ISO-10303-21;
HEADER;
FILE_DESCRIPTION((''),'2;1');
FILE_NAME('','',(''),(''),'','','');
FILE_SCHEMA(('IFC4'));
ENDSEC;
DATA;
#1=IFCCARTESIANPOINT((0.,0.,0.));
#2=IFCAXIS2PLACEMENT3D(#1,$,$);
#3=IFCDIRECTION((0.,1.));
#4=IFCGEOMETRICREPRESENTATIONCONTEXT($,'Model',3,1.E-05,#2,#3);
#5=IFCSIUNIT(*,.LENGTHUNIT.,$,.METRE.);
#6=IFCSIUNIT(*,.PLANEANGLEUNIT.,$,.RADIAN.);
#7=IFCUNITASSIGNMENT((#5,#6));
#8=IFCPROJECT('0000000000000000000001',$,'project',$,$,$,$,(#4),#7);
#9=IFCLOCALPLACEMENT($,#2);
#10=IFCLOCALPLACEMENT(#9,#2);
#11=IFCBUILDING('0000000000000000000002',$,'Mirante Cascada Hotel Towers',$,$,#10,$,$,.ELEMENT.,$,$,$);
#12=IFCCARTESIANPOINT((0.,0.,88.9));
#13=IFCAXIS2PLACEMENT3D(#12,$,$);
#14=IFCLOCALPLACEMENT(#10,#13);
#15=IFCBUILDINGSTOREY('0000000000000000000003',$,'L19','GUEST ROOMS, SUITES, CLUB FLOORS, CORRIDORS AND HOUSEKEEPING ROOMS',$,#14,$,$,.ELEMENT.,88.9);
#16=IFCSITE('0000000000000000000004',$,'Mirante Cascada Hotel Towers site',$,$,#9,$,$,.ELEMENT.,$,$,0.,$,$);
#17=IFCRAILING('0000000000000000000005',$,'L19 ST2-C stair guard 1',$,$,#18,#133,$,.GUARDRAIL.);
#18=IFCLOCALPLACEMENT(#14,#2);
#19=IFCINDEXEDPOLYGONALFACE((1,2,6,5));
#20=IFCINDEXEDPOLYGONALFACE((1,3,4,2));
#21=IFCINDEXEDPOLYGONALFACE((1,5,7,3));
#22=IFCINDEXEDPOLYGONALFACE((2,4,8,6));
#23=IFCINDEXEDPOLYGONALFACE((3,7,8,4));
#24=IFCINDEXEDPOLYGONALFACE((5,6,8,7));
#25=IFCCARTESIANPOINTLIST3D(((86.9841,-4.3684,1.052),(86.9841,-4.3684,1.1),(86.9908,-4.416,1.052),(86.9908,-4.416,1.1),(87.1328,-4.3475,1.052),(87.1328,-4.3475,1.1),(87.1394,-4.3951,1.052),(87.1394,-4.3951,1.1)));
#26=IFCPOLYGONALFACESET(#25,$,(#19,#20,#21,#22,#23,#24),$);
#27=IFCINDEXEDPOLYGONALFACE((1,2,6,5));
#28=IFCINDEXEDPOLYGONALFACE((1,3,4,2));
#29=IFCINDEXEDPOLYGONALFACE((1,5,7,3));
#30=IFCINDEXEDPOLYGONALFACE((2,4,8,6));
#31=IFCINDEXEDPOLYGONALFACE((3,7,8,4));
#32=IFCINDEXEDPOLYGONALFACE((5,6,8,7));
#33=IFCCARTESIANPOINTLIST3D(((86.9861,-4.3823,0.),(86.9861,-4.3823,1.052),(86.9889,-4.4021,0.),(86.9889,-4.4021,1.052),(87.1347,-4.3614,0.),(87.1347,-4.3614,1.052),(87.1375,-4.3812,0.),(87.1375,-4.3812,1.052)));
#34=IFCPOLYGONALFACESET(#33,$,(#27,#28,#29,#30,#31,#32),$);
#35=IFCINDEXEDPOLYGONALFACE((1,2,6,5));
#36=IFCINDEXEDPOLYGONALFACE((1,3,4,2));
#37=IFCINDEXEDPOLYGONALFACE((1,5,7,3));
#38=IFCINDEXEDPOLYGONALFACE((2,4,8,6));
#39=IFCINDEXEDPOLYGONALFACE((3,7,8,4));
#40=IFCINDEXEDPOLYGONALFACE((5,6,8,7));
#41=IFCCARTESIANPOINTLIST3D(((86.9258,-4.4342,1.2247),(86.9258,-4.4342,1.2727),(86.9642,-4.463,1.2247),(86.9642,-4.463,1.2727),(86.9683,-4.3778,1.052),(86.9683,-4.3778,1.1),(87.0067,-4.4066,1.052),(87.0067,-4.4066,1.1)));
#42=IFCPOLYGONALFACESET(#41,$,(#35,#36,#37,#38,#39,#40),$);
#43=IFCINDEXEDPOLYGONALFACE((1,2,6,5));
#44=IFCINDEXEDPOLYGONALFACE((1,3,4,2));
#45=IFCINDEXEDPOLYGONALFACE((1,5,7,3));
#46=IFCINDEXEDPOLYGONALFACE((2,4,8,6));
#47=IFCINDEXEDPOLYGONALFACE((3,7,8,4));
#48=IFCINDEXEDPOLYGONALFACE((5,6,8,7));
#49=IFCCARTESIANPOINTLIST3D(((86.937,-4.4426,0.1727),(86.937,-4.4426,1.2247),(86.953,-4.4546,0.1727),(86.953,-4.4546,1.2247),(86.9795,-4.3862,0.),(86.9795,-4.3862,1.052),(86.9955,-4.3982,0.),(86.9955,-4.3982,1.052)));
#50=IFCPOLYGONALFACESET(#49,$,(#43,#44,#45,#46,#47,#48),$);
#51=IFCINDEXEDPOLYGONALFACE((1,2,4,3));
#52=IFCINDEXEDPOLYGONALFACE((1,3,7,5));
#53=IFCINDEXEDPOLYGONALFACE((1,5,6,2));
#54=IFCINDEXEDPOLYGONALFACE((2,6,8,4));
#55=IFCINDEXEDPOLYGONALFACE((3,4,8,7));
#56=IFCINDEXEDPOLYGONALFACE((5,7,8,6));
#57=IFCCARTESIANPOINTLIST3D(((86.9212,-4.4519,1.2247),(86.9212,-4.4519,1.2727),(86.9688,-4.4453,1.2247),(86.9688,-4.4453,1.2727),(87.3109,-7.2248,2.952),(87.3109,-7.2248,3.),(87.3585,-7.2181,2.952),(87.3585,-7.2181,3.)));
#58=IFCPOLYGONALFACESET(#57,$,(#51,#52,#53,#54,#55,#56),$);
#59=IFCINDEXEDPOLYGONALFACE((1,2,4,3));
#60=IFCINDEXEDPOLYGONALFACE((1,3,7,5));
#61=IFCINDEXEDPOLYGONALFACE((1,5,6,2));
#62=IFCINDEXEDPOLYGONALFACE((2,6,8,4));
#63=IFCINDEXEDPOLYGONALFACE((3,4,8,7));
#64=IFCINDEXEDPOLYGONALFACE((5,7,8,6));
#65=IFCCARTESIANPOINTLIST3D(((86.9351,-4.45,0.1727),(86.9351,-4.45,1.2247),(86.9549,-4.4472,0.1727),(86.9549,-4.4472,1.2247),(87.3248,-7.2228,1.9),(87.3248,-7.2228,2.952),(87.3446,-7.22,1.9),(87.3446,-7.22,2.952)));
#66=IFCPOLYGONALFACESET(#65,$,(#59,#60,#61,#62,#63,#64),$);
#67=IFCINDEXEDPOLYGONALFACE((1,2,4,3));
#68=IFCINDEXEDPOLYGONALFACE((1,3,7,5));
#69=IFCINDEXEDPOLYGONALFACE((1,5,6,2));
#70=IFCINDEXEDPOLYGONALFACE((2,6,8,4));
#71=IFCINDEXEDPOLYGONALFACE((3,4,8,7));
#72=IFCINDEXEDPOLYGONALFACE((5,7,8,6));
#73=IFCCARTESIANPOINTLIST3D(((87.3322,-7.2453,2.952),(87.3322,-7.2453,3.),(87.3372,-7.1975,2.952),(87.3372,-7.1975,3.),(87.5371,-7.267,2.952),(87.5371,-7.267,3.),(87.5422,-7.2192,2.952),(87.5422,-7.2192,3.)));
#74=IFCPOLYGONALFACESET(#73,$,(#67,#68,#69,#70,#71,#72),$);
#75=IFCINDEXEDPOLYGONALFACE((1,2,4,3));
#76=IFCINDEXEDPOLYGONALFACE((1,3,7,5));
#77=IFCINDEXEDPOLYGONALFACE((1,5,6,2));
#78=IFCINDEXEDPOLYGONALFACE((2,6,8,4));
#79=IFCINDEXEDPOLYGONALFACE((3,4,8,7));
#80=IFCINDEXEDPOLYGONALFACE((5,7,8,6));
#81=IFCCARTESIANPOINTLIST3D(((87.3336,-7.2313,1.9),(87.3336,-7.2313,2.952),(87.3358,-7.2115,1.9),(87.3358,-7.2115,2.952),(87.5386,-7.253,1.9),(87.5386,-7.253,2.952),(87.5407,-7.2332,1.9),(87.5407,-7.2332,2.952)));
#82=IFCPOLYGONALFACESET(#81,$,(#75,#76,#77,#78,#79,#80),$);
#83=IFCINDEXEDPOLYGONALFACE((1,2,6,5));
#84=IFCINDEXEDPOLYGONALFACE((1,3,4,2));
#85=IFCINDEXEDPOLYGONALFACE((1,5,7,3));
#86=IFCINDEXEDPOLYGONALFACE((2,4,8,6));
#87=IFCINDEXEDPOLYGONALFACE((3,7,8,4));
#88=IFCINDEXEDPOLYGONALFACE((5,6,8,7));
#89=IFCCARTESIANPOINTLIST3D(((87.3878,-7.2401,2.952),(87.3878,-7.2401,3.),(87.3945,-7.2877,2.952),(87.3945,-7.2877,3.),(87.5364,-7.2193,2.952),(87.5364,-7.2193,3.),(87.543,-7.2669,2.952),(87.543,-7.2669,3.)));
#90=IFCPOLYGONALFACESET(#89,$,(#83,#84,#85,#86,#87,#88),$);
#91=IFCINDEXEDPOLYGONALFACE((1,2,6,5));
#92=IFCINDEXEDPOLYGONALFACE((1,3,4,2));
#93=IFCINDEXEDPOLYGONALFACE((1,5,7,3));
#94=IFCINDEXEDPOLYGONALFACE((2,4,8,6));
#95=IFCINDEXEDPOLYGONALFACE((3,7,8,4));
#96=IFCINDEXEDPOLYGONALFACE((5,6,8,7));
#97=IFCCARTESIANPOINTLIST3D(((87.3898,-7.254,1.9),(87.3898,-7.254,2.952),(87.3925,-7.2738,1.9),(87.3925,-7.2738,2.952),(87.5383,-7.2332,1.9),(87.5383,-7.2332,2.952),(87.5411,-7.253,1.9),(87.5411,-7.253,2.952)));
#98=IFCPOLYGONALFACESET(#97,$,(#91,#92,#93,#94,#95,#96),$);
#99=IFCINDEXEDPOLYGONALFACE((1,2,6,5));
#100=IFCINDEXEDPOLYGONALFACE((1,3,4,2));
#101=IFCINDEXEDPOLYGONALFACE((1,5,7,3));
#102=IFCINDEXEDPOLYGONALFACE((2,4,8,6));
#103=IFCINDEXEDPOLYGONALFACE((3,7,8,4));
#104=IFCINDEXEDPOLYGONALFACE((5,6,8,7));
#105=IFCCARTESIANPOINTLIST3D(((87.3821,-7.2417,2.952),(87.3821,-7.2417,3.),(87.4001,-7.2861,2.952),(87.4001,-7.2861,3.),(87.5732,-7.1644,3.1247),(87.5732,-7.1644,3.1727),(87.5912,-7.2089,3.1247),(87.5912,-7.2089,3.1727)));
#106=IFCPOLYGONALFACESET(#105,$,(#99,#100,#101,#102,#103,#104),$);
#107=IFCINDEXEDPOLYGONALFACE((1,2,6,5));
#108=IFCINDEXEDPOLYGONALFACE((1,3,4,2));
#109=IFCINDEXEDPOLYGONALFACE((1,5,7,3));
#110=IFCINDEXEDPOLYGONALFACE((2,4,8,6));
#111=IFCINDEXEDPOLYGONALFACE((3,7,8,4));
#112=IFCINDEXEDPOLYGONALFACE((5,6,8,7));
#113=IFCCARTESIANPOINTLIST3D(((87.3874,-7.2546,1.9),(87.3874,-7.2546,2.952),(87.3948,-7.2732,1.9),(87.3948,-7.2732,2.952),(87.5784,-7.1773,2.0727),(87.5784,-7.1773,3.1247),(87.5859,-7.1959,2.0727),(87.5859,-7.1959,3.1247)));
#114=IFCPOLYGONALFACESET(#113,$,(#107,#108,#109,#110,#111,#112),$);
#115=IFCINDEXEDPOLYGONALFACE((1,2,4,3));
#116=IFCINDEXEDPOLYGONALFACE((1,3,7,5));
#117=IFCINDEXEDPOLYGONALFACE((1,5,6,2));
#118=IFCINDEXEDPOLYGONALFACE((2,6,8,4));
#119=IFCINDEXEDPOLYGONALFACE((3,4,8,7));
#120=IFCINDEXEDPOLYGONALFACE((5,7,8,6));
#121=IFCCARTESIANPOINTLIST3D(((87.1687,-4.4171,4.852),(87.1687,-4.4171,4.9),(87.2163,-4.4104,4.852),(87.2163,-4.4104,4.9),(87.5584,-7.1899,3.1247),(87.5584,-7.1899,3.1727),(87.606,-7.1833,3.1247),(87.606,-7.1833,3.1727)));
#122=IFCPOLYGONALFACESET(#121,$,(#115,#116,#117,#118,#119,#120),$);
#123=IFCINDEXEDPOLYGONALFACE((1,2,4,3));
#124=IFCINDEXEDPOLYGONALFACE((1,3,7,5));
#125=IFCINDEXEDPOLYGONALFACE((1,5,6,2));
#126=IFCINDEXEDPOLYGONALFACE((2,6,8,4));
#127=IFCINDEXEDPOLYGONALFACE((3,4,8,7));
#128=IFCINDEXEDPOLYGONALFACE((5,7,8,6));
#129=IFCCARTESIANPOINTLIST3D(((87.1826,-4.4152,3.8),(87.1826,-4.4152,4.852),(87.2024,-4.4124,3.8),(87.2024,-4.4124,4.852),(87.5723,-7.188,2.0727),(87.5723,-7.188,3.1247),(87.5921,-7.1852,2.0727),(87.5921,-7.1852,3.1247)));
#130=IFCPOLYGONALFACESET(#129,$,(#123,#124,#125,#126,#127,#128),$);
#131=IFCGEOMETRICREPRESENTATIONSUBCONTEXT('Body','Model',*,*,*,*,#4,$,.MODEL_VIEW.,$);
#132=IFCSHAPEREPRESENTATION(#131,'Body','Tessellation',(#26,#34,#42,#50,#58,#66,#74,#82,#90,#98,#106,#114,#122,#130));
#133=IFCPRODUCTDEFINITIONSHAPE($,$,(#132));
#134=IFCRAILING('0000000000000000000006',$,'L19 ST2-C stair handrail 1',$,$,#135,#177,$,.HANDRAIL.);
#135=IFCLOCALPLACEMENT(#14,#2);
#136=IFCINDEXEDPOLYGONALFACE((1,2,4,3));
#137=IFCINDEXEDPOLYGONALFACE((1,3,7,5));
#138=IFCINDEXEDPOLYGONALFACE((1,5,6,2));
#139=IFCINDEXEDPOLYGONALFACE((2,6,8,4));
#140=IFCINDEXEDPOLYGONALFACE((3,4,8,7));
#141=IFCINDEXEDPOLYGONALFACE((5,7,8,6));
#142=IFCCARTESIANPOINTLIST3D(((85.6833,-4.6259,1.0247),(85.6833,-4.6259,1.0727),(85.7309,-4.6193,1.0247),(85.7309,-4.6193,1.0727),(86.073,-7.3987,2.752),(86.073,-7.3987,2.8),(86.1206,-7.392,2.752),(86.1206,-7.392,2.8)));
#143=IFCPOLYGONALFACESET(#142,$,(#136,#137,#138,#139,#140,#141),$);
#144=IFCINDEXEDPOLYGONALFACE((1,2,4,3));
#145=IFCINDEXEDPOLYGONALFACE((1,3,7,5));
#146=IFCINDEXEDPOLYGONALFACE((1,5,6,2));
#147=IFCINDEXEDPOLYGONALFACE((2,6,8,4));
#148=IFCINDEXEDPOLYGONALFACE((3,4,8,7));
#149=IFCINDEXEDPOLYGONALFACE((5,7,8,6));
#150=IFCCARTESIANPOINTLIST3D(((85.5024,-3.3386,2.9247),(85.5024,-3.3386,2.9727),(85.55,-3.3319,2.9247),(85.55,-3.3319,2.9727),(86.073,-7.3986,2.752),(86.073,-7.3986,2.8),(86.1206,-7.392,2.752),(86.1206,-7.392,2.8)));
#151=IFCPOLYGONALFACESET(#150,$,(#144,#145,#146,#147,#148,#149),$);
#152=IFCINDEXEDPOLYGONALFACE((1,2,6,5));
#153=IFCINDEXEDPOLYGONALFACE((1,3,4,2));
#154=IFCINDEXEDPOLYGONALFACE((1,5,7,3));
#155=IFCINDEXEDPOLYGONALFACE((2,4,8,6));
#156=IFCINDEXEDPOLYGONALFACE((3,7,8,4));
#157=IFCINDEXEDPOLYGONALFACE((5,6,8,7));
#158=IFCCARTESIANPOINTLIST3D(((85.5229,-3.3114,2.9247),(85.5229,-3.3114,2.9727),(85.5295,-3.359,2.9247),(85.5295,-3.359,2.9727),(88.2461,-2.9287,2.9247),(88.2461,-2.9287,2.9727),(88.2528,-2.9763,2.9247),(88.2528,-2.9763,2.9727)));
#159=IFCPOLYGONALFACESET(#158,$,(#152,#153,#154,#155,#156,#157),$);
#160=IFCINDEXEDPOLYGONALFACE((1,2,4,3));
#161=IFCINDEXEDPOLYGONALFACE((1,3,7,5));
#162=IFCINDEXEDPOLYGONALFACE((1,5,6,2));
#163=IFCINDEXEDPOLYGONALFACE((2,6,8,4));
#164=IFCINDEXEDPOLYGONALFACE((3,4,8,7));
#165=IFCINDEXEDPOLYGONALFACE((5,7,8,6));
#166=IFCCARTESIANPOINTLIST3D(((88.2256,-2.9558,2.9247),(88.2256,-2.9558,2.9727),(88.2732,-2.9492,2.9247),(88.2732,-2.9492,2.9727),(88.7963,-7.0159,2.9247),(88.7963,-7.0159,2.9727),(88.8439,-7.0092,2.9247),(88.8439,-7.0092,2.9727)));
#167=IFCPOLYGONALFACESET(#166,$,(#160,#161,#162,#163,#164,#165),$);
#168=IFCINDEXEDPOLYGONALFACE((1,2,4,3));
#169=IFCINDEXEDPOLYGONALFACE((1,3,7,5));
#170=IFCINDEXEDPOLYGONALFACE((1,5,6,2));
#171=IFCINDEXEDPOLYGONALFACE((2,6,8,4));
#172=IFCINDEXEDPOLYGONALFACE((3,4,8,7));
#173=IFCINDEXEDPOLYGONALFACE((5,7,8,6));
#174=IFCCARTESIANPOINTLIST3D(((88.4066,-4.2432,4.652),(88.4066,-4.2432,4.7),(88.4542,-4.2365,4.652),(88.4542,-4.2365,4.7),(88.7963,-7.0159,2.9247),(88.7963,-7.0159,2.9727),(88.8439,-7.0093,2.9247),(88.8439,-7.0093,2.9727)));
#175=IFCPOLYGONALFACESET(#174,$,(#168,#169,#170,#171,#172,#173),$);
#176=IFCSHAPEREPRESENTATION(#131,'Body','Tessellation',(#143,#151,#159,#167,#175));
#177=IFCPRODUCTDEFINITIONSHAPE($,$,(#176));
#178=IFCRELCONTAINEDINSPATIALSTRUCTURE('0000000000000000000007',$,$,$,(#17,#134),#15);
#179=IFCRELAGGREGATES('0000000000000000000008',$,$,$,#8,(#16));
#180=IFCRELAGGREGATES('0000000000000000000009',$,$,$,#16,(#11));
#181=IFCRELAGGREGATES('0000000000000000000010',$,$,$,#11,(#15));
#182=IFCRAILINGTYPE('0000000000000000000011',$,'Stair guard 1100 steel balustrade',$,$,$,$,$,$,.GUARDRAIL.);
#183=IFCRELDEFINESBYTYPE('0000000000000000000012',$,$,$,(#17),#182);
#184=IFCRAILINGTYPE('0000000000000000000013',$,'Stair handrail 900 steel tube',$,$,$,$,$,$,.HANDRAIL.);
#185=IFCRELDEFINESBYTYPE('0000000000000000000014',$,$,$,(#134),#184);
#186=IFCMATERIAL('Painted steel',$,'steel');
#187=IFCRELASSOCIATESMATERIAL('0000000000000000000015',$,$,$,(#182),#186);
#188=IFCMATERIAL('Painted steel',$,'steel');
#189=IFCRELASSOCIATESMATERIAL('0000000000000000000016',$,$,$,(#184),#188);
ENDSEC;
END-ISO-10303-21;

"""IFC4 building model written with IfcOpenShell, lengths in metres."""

from ifc_helpers import new_model, si_unit, direction, frame, origin, origin_2d, place, context, subcontext, project, spatial, rectangle, extrude, material, type_object, element, save


model = new_model("IFC4")

# Units and contexts
model_context = context("Model", 3, precision=1e-05, world=origin(), true_north=direction((0.0, 1.0)))
body_context = subcontext(model_context, "Body", "Model", "MODEL_VIEW")
ifc_project = project(units=[si_unit("LENGTHUNIT", "METRE"), si_unit("PLANEANGLEUNIT", "RADIAN")], contexts=[model_context])

# Site, building, storey
site_placement = place(None, origin())
site = spatial("IfcSite", under=ifc_project, at=site_placement, Name="Mirante Cascada Hotel Towers site", CompositionType="ELEMENT", RefElevation=0.0)
building_placement = place(site_placement, origin())
building = spatial("IfcBuilding", under=site, at=building_placement, Name="Mirante Cascada Hotel Towers", CompositionType="ELEMENT")
storey_placement = place(building_placement, frame((0.0, 0.0, 88.9)))
storey = spatial("IfcBuildingStorey", under=building, at=storey_placement, Name="L19", Description="GUEST ROOMS, SUITES, CLUB FLOORS, CORRIDORS AND HOUSEKEEPING ROOMS", CompositionType="ELEMENT", Elevation=88.9)

# Railings
ifc_material_1 = material(Name="Painted steel", Category="steel")
railing_type_1 = type_object("IfcRailingType", Name="Stair guard 1100 steel balustrade", PredefinedType="GUARDRAIL", material=ifc_material_1)
railing_1_placement = place(storey_placement, frame((87.1361, -4.3713, 0.0)))
element("IfcRailing", 1, at=railing_1_placement, inside=storey, type_object=railing_type_1, Name="L19 ST2-C stair guard 1", PredefinedType="GUARDRAIL", context=body_context, shape_type="SweptSolid", body=[
    extrude(rectangle(XDim=0.048, YDim=0.048, at=origin_2d()), frame((0.0, 0.0, 1.076), z_axis=(-0.990254, -0.139275, 0.0), x_axis=(0.139275, -0.990254, 0.0)), (0.0, 0.0, 1.0), 0.1501),
    extrude(rectangle(XDim=0.02, YDim=1.052, at=origin_2d()), frame((0.0, 0.0, 0.526), z_axis=(-0.990254, -0.139275, 0.0), x_axis=(0.139275, -0.990254, 0.0)), (0.0, 0.0, 1.0), 0.1501),
    extrude(rectangle(XDim=0.048, YDim=0.048, at=origin_2d()), frame((-0.1486, -0.0209, 1.076), z_axis=(-0.601811, -0.798639, 0.0), x_axis=(0.798639, -0.601811, 0.0)), (0.0, 0.925603, 0.378496), 0.1866),
    extrude(rectangle(XDim=0.02, YDim=1.052, at=origin_2d()), frame((-0.1486, -0.0209, 0.526), z_axis=(-0.601811, -0.798639, 0.0), x_axis=(0.798639, -0.601811, 0.0)), (0.0, 0.925603, 0.378496), 0.1866),
    extrude(rectangle(XDim=0.048, YDim=0.048, at=origin_2d()), frame((-0.1911, -0.0773, 1.2487), z_axis=(0.139176, -0.990268, 0.0), x_axis=(0.990268, 0.139176, 0.0)), (0.0, 0.525021, 0.851089), 3.29),
    extrude(rectangle(XDim=0.02, YDim=1.052, at=origin_2d()), frame((-0.1911, -0.0773, 0.6987), z_axis=(0.139176, -0.990268, 0.0), x_axis=(0.990268, 0.139176, 0.0)), (0.0, 0.525021, 0.851089), 3.29),
    extrude(rectangle(XDim=0.048, YDim=0.048, at=origin_2d()), frame((0.1986, -2.8501, 2.976), z_axis=(0.994444, -0.105266, 0.0), x_axis=(0.105266, 0.994444, 0.0)), (0.0, 0.0, 1.0), 0.2061),
    extrude(rectangle(XDim=0.02, YDim=1.052, at=origin_2d()), frame((0.1986, -2.8501, 2.426), z_axis=(0.994444, -0.105266, 0.0), x_axis=(0.105266, 0.994444, 0.0)), (0.0, 0.0, 1.0), 0.2061),
    extrude(rectangle(XDim=0.048, YDim=0.048, at=origin_2d()), frame((0.4036, -2.8718, 2.976), z_axis=(-0.990345, -0.138622, 0.0), x_axis=(0.138622, -0.990345, 0.0)), (0.0, 0.0, 1.0), 0.15),
    extrude(rectangle(XDim=0.02, YDim=1.052, at=origin_2d()), frame((0.4036, -2.8718, 2.426), z_axis=(-0.990345, -0.138622, 0.0), x_axis=(0.138622, -0.990345, 0.0)), (0.0, 0.0, 1.0), 0.15),
    extrude(rectangle(XDim=0.048, YDim=0.048, at=origin_2d()), frame((0.255, -2.8926, 2.976), z_axis=(0.927031, 0.374984, 0.0), x_axis=(-0.374984, 0.927031, 0.0)), (0.0, 0.64219, 0.766545), 0.2689),
    extrude(rectangle(XDim=0.02, YDim=1.052, at=origin_2d()), frame((0.255, -2.8926, 2.426), z_axis=(0.927031, 0.374984, 0.0), x_axis=(-0.374984, 0.927031, 0.0)), (0.0, 0.64219, 0.766545), 0.2689),
    extrude(rectangle(XDim=0.048, YDim=0.048, at=origin_2d()), frame((0.4461, -2.8153, 3.1487), z_axis=(-0.139176, 0.990268, 0.0), x_axis=(-0.990268, -0.139176, 0.0)), (0.0, 0.525021, 0.851089), 3.29),
    extrude(rectangle(XDim=0.02, YDim=1.052, at=origin_2d()), frame((0.4461, -2.8153, 2.5987), z_axis=(-0.139176, 0.990268, 0.0), x_axis=(-0.990268, -0.139176, 0.0)), (0.0, 0.525021, 0.851089), 3.29),
])
ifc_material_2 = material(Name="Painted steel", Category="steel")
railing_type_2 = type_object("IfcRailingType", Name="Stair handrail 900 steel tube", PredefinedType="HANDRAIL", material=ifc_material_2)
railing_2_placement = place(storey_placement, frame((85.7071, -4.6226, 0.1727)))
element("IfcRailing", 2, at=railing_2_placement, inside=storey, type_object=railing_type_2, Name="L19 ST2-C stair handrail 1", PredefinedType="HANDRAIL", context=body_context, shape_type="SweptSolid", body=[
    extrude(rectangle(XDim=0.048, YDim=0.048, at=origin_2d()), frame((0.0, 0.0, 0.876), z_axis=(0.139181, -0.990267, 0.0), x_axis=(0.990267, 0.139181, 0.0)), (0.0, 0.525035, 0.851081), 3.2899),
    extrude(rectangle(XDim=0.048, YDim=0.048, at=origin_2d()), frame((0.3897, -2.7727, 2.6033), z_axis=(-0.139171, 0.990268, 0.0), x_axis=(-0.990268, -0.139171, 0.0)), (0.0, 0.042085, 0.999114), 4.1036),
    extrude(rectangle(XDim=0.048, YDim=0.048, at=origin_2d()), frame((-0.1809, 1.2874, 2.776), z_axis=(0.990269, 0.139166, 0.0), x_axis=(-0.139166, 0.990269, 0.0)), (0.0, 0.0, 1.0), 2.75),
    extrude(rectangle(XDim=0.048, YDim=0.048, at=origin_2d()), frame((2.5423, 1.6701, 2.776), z_axis=(0.139195, -0.990265, 0.0), x_axis=(0.990265, 0.139195, 0.0)), (0.0, 0.0, 1.0), 4.1),
    extrude(rectangle(XDim=0.048, YDim=0.048, at=origin_2d()), frame((3.113, -2.39, 2.776), z_axis=(-0.139181, 0.990267, 0.0), x_axis=(-0.990267, -0.139181, 0.0)), (0.0, 0.525035, 0.851081), 3.2899),
])

save(model, "model.ifc")
